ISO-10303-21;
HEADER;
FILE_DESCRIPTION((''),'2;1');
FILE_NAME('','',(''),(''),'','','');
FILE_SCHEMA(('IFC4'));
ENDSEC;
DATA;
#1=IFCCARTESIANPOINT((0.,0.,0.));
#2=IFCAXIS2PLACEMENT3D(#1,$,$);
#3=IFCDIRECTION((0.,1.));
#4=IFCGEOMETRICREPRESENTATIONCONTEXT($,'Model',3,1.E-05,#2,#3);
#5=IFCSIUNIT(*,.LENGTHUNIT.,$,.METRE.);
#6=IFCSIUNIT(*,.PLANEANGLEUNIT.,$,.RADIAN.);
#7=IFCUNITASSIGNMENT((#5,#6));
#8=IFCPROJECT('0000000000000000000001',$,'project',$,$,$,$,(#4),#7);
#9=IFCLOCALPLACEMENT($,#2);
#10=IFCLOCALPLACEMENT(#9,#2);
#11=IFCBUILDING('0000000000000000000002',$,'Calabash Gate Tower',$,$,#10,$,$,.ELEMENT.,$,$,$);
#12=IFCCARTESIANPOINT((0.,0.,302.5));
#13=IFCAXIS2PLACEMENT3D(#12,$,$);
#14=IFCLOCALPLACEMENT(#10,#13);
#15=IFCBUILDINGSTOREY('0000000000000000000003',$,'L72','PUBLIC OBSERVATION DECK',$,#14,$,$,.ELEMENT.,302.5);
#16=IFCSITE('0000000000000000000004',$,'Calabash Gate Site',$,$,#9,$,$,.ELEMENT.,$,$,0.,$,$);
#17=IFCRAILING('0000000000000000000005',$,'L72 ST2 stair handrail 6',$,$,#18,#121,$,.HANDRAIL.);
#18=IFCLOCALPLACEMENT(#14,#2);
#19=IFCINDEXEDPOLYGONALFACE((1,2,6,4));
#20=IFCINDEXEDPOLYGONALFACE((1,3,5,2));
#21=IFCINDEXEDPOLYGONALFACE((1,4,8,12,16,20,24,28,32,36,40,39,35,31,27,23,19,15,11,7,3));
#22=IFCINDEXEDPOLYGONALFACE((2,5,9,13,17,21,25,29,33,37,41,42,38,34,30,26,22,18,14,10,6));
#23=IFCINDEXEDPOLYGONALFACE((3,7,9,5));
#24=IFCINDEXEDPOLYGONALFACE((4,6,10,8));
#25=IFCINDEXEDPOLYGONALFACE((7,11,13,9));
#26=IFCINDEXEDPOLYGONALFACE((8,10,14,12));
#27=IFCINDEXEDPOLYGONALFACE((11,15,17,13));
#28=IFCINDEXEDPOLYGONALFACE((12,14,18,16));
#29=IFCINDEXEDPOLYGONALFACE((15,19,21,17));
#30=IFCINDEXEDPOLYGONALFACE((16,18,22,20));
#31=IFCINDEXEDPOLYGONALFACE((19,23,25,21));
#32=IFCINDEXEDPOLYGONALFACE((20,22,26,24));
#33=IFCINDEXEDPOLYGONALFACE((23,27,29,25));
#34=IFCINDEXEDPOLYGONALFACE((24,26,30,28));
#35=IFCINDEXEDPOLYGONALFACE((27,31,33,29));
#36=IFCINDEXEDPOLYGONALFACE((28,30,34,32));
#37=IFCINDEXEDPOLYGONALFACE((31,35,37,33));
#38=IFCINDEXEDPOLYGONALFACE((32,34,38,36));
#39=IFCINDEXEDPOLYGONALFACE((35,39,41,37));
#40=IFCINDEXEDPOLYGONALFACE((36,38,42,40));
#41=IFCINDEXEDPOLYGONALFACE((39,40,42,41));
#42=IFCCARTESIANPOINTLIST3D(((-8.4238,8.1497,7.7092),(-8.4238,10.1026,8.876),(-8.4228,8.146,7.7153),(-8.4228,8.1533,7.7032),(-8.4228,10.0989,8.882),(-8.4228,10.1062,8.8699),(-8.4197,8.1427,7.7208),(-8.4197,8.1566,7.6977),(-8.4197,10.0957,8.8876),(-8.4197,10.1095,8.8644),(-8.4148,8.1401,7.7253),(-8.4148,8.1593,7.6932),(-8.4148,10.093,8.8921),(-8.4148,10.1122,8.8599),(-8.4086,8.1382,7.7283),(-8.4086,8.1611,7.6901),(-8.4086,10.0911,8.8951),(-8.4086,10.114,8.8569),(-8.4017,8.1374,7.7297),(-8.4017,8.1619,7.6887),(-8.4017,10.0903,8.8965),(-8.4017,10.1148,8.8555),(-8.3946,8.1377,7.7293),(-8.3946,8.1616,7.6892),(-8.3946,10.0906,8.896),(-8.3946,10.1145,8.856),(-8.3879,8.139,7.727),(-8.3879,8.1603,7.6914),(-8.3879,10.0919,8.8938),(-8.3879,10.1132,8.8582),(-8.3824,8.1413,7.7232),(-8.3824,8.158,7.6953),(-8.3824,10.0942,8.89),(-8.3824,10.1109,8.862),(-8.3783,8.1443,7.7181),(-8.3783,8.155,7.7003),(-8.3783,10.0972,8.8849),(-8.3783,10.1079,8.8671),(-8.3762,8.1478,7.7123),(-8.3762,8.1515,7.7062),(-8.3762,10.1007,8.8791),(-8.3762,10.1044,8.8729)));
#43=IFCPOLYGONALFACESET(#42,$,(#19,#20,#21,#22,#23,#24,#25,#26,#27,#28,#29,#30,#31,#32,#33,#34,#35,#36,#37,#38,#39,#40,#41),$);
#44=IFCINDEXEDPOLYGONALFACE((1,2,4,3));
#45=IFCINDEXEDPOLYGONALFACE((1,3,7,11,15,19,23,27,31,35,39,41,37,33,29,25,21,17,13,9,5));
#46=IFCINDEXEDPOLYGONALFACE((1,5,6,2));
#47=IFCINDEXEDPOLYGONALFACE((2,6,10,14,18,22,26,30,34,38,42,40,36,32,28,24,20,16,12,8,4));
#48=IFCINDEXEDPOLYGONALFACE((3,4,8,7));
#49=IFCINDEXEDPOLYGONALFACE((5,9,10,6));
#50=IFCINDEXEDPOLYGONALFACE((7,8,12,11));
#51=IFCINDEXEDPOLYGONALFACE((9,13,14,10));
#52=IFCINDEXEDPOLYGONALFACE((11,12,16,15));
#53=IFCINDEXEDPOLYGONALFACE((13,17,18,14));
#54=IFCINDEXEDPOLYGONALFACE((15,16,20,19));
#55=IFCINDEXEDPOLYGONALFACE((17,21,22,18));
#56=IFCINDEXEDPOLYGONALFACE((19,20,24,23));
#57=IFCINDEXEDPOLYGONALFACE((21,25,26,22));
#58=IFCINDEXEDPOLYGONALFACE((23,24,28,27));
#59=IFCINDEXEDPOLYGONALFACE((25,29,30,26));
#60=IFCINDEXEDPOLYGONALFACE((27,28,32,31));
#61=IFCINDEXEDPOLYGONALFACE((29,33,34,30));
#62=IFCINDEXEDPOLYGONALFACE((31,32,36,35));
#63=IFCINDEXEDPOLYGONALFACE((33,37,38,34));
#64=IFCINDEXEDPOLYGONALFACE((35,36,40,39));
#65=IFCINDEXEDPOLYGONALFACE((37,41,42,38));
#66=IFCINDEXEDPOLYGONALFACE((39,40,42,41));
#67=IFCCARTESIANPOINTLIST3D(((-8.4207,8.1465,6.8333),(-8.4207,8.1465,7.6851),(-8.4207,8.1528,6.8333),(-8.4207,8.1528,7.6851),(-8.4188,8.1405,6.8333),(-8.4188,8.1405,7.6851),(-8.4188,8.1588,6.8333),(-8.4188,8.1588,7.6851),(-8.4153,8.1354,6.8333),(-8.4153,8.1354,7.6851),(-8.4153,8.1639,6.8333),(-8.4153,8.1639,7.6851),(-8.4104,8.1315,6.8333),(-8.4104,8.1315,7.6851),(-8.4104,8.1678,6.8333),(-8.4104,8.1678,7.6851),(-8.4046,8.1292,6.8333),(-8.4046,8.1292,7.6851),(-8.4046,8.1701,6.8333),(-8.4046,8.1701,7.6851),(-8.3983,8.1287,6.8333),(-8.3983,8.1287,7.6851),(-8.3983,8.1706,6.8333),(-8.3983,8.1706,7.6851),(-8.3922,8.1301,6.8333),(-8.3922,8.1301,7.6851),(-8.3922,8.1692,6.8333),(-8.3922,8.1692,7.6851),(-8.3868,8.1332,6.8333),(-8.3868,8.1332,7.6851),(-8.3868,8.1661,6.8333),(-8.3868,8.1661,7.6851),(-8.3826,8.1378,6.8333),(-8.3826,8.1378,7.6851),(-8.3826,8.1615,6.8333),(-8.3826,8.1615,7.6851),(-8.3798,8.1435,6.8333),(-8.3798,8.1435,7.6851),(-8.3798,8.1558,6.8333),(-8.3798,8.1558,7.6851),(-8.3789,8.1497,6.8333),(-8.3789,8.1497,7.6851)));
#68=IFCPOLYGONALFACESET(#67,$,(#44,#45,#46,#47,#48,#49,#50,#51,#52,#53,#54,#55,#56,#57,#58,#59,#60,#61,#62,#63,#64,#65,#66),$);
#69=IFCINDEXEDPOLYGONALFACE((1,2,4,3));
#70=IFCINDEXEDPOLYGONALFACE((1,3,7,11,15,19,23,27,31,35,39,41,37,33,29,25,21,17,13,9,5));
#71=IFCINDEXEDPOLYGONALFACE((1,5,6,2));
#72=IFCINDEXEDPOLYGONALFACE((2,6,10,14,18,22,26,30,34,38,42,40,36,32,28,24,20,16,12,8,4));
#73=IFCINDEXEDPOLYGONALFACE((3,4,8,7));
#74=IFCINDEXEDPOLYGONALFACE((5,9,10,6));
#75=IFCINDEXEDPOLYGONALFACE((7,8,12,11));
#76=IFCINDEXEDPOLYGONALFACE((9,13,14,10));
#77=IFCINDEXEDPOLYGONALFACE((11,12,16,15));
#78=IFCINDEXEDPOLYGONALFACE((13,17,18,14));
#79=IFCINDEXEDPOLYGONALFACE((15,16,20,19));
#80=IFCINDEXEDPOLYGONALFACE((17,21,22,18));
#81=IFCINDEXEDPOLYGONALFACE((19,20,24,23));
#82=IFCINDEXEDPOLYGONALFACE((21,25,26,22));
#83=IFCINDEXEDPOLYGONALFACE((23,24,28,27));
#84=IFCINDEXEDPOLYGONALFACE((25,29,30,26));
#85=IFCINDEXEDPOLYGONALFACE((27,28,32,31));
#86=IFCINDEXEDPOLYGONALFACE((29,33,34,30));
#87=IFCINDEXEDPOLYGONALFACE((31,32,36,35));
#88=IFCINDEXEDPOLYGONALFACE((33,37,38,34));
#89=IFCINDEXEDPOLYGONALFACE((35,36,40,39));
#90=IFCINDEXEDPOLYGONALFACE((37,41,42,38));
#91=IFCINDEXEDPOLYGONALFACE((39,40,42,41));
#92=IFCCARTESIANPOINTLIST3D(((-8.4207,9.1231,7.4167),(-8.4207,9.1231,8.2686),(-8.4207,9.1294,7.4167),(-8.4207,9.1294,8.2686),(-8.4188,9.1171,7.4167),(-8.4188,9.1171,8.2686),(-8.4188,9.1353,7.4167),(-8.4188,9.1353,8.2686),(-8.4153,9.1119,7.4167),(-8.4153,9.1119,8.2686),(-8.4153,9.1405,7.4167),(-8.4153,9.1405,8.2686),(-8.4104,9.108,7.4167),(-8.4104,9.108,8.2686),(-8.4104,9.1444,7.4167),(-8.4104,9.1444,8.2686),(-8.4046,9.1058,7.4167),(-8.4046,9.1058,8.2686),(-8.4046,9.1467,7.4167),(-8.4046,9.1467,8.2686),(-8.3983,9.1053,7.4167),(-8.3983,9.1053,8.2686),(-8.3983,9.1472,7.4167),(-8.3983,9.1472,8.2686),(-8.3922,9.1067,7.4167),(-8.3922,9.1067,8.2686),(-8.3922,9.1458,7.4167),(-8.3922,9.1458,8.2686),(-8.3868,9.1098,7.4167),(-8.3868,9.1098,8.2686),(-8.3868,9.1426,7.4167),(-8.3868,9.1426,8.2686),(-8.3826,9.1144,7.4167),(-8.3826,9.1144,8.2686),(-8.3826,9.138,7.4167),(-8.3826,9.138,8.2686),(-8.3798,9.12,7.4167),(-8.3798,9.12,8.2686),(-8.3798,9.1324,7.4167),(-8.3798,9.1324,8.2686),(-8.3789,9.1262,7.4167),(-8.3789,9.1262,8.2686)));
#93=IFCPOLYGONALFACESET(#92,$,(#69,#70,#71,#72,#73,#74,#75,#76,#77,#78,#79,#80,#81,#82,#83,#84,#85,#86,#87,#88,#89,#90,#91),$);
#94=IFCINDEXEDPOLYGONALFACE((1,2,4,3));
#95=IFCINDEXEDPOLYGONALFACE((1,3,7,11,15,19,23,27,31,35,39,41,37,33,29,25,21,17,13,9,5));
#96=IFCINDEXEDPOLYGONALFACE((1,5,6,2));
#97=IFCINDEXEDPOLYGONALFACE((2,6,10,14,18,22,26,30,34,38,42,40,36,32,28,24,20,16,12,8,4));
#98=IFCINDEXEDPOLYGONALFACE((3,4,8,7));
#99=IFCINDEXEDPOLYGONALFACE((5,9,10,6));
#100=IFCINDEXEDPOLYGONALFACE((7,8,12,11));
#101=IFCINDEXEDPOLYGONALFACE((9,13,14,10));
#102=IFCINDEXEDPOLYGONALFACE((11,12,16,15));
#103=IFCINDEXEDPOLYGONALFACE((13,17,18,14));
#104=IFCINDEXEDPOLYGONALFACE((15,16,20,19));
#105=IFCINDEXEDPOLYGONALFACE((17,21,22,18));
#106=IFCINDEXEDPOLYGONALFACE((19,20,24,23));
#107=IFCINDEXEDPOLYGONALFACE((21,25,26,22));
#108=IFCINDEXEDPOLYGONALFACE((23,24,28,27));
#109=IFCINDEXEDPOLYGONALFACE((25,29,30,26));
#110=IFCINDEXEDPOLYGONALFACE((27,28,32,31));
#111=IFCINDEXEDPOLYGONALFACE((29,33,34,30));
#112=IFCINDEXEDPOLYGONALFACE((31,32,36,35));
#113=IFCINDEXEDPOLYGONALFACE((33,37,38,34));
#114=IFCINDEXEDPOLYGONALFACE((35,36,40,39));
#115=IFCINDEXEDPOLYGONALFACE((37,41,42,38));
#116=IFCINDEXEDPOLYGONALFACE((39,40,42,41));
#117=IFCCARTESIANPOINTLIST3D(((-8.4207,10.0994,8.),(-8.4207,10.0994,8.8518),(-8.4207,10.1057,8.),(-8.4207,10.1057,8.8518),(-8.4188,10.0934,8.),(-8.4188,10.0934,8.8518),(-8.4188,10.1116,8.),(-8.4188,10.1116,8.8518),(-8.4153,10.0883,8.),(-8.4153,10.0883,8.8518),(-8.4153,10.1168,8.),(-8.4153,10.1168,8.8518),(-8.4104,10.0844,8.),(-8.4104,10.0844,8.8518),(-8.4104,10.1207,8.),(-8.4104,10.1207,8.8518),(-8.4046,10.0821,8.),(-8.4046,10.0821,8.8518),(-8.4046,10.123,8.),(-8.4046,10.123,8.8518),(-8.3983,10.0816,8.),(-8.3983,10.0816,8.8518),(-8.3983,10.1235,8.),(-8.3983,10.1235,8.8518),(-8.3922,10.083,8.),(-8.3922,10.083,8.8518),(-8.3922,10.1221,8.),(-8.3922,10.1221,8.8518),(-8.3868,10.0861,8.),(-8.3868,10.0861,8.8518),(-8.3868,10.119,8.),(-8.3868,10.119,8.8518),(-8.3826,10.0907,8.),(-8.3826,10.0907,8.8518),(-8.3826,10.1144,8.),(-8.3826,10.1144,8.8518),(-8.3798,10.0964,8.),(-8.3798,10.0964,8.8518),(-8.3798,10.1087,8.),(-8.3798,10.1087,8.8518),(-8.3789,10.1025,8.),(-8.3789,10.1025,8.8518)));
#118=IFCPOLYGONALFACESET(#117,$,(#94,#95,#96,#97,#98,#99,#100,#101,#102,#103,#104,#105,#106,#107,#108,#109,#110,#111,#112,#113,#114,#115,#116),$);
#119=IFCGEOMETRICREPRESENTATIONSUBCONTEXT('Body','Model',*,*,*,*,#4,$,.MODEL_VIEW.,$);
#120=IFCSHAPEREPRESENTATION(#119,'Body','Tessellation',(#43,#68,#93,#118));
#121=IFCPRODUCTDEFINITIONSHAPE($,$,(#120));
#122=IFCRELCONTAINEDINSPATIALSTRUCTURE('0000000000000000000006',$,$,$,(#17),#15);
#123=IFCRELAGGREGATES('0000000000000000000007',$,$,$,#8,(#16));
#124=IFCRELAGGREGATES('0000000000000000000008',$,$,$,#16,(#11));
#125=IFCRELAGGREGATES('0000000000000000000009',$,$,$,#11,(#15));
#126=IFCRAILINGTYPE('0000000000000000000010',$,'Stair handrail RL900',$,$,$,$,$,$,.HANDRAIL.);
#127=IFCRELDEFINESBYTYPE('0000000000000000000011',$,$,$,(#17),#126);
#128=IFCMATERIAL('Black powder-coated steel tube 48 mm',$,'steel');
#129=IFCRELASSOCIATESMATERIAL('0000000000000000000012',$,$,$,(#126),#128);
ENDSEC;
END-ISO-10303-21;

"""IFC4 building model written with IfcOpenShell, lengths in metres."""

from ifc_helpers import new_model, si_unit, direction, frame, origin, origin_2d, place, context, subcontext, project, spatial, circle, extrude, material, type_object, element, save


model = new_model("IFC4")

# Units and contexts
model_context = context("Model", 3, precision=1e-05, world=origin(), true_north=direction((0.0, 1.0)))
body_context = subcontext(model_context, "Body", "Model", "MODEL_VIEW")
ifc_project = project(units=[si_unit("LENGTHUNIT", "METRE"), si_unit("PLANEANGLEUNIT", "RADIAN")], contexts=[model_context])

# Site, building, storey
site_placement = place(None, origin())
site = spatial("IfcSite", under=ifc_project, at=site_placement, Name="Calabash Gate Site", CompositionType="ELEMENT", RefElevation=0.0)
building_placement = place(site_placement, origin())
building = spatial("IfcBuilding", under=site, at=building_placement, Name="Calabash Gate Tower", CompositionType="ELEMENT")
storey_placement = place(building_placement, frame((0.0, 0.0, 302.5)))
storey = spatial("IfcBuildingStorey", under=building, at=storey_placement, Name="L72", Description="PUBLIC OBSERVATION DECK", CompositionType="ELEMENT", Elevation=302.5)

# Railing
ifc_material_1 = material(Name="Black powder-coated steel tube 48 mm", Category="steel")
railing_type = type_object("IfcRailingType", Name="Stair handrail RL900", PredefinedType="HANDRAIL", material=ifc_material_1)
railing_placement = place(storey_placement, frame((-8.3999, 8.1497, 6.8333)))
element("IfcRailing", 1, at=railing_placement, inside=storey, type_object=railing_type, Name="L72 ST2 stair handrail 6", PredefinedType="HANDRAIL", context=body_context, shape_type="SweptSolid", body=[
    extrude(circle(Radius=0.0239, at=origin_2d()), frame((0.0, 0.0, 0.876), z_axis=(0.0, 0.858457, 0.512885), x_axis=(-1.0, 0.0, 0.0)), (0.0, 0.0, 1.0), 2.2749),
    extrude(circle(Radius=0.021, at=origin_2d()), origin(), (0.0, 0.0, 1.0), 0.8518),
    extrude(circle(Radius=0.021, at=origin_2d()), frame((0.0, 0.9766, 0.5835)), (0.0, 0.0, 1.0), 0.8518),
    extrude(circle(Radius=0.021, at=origin_2d()), frame((0.0, 1.9529, 1.1667)), (0.0, 0.0, 1.0), 0.8518),
])

save(model, "model.ifc")
